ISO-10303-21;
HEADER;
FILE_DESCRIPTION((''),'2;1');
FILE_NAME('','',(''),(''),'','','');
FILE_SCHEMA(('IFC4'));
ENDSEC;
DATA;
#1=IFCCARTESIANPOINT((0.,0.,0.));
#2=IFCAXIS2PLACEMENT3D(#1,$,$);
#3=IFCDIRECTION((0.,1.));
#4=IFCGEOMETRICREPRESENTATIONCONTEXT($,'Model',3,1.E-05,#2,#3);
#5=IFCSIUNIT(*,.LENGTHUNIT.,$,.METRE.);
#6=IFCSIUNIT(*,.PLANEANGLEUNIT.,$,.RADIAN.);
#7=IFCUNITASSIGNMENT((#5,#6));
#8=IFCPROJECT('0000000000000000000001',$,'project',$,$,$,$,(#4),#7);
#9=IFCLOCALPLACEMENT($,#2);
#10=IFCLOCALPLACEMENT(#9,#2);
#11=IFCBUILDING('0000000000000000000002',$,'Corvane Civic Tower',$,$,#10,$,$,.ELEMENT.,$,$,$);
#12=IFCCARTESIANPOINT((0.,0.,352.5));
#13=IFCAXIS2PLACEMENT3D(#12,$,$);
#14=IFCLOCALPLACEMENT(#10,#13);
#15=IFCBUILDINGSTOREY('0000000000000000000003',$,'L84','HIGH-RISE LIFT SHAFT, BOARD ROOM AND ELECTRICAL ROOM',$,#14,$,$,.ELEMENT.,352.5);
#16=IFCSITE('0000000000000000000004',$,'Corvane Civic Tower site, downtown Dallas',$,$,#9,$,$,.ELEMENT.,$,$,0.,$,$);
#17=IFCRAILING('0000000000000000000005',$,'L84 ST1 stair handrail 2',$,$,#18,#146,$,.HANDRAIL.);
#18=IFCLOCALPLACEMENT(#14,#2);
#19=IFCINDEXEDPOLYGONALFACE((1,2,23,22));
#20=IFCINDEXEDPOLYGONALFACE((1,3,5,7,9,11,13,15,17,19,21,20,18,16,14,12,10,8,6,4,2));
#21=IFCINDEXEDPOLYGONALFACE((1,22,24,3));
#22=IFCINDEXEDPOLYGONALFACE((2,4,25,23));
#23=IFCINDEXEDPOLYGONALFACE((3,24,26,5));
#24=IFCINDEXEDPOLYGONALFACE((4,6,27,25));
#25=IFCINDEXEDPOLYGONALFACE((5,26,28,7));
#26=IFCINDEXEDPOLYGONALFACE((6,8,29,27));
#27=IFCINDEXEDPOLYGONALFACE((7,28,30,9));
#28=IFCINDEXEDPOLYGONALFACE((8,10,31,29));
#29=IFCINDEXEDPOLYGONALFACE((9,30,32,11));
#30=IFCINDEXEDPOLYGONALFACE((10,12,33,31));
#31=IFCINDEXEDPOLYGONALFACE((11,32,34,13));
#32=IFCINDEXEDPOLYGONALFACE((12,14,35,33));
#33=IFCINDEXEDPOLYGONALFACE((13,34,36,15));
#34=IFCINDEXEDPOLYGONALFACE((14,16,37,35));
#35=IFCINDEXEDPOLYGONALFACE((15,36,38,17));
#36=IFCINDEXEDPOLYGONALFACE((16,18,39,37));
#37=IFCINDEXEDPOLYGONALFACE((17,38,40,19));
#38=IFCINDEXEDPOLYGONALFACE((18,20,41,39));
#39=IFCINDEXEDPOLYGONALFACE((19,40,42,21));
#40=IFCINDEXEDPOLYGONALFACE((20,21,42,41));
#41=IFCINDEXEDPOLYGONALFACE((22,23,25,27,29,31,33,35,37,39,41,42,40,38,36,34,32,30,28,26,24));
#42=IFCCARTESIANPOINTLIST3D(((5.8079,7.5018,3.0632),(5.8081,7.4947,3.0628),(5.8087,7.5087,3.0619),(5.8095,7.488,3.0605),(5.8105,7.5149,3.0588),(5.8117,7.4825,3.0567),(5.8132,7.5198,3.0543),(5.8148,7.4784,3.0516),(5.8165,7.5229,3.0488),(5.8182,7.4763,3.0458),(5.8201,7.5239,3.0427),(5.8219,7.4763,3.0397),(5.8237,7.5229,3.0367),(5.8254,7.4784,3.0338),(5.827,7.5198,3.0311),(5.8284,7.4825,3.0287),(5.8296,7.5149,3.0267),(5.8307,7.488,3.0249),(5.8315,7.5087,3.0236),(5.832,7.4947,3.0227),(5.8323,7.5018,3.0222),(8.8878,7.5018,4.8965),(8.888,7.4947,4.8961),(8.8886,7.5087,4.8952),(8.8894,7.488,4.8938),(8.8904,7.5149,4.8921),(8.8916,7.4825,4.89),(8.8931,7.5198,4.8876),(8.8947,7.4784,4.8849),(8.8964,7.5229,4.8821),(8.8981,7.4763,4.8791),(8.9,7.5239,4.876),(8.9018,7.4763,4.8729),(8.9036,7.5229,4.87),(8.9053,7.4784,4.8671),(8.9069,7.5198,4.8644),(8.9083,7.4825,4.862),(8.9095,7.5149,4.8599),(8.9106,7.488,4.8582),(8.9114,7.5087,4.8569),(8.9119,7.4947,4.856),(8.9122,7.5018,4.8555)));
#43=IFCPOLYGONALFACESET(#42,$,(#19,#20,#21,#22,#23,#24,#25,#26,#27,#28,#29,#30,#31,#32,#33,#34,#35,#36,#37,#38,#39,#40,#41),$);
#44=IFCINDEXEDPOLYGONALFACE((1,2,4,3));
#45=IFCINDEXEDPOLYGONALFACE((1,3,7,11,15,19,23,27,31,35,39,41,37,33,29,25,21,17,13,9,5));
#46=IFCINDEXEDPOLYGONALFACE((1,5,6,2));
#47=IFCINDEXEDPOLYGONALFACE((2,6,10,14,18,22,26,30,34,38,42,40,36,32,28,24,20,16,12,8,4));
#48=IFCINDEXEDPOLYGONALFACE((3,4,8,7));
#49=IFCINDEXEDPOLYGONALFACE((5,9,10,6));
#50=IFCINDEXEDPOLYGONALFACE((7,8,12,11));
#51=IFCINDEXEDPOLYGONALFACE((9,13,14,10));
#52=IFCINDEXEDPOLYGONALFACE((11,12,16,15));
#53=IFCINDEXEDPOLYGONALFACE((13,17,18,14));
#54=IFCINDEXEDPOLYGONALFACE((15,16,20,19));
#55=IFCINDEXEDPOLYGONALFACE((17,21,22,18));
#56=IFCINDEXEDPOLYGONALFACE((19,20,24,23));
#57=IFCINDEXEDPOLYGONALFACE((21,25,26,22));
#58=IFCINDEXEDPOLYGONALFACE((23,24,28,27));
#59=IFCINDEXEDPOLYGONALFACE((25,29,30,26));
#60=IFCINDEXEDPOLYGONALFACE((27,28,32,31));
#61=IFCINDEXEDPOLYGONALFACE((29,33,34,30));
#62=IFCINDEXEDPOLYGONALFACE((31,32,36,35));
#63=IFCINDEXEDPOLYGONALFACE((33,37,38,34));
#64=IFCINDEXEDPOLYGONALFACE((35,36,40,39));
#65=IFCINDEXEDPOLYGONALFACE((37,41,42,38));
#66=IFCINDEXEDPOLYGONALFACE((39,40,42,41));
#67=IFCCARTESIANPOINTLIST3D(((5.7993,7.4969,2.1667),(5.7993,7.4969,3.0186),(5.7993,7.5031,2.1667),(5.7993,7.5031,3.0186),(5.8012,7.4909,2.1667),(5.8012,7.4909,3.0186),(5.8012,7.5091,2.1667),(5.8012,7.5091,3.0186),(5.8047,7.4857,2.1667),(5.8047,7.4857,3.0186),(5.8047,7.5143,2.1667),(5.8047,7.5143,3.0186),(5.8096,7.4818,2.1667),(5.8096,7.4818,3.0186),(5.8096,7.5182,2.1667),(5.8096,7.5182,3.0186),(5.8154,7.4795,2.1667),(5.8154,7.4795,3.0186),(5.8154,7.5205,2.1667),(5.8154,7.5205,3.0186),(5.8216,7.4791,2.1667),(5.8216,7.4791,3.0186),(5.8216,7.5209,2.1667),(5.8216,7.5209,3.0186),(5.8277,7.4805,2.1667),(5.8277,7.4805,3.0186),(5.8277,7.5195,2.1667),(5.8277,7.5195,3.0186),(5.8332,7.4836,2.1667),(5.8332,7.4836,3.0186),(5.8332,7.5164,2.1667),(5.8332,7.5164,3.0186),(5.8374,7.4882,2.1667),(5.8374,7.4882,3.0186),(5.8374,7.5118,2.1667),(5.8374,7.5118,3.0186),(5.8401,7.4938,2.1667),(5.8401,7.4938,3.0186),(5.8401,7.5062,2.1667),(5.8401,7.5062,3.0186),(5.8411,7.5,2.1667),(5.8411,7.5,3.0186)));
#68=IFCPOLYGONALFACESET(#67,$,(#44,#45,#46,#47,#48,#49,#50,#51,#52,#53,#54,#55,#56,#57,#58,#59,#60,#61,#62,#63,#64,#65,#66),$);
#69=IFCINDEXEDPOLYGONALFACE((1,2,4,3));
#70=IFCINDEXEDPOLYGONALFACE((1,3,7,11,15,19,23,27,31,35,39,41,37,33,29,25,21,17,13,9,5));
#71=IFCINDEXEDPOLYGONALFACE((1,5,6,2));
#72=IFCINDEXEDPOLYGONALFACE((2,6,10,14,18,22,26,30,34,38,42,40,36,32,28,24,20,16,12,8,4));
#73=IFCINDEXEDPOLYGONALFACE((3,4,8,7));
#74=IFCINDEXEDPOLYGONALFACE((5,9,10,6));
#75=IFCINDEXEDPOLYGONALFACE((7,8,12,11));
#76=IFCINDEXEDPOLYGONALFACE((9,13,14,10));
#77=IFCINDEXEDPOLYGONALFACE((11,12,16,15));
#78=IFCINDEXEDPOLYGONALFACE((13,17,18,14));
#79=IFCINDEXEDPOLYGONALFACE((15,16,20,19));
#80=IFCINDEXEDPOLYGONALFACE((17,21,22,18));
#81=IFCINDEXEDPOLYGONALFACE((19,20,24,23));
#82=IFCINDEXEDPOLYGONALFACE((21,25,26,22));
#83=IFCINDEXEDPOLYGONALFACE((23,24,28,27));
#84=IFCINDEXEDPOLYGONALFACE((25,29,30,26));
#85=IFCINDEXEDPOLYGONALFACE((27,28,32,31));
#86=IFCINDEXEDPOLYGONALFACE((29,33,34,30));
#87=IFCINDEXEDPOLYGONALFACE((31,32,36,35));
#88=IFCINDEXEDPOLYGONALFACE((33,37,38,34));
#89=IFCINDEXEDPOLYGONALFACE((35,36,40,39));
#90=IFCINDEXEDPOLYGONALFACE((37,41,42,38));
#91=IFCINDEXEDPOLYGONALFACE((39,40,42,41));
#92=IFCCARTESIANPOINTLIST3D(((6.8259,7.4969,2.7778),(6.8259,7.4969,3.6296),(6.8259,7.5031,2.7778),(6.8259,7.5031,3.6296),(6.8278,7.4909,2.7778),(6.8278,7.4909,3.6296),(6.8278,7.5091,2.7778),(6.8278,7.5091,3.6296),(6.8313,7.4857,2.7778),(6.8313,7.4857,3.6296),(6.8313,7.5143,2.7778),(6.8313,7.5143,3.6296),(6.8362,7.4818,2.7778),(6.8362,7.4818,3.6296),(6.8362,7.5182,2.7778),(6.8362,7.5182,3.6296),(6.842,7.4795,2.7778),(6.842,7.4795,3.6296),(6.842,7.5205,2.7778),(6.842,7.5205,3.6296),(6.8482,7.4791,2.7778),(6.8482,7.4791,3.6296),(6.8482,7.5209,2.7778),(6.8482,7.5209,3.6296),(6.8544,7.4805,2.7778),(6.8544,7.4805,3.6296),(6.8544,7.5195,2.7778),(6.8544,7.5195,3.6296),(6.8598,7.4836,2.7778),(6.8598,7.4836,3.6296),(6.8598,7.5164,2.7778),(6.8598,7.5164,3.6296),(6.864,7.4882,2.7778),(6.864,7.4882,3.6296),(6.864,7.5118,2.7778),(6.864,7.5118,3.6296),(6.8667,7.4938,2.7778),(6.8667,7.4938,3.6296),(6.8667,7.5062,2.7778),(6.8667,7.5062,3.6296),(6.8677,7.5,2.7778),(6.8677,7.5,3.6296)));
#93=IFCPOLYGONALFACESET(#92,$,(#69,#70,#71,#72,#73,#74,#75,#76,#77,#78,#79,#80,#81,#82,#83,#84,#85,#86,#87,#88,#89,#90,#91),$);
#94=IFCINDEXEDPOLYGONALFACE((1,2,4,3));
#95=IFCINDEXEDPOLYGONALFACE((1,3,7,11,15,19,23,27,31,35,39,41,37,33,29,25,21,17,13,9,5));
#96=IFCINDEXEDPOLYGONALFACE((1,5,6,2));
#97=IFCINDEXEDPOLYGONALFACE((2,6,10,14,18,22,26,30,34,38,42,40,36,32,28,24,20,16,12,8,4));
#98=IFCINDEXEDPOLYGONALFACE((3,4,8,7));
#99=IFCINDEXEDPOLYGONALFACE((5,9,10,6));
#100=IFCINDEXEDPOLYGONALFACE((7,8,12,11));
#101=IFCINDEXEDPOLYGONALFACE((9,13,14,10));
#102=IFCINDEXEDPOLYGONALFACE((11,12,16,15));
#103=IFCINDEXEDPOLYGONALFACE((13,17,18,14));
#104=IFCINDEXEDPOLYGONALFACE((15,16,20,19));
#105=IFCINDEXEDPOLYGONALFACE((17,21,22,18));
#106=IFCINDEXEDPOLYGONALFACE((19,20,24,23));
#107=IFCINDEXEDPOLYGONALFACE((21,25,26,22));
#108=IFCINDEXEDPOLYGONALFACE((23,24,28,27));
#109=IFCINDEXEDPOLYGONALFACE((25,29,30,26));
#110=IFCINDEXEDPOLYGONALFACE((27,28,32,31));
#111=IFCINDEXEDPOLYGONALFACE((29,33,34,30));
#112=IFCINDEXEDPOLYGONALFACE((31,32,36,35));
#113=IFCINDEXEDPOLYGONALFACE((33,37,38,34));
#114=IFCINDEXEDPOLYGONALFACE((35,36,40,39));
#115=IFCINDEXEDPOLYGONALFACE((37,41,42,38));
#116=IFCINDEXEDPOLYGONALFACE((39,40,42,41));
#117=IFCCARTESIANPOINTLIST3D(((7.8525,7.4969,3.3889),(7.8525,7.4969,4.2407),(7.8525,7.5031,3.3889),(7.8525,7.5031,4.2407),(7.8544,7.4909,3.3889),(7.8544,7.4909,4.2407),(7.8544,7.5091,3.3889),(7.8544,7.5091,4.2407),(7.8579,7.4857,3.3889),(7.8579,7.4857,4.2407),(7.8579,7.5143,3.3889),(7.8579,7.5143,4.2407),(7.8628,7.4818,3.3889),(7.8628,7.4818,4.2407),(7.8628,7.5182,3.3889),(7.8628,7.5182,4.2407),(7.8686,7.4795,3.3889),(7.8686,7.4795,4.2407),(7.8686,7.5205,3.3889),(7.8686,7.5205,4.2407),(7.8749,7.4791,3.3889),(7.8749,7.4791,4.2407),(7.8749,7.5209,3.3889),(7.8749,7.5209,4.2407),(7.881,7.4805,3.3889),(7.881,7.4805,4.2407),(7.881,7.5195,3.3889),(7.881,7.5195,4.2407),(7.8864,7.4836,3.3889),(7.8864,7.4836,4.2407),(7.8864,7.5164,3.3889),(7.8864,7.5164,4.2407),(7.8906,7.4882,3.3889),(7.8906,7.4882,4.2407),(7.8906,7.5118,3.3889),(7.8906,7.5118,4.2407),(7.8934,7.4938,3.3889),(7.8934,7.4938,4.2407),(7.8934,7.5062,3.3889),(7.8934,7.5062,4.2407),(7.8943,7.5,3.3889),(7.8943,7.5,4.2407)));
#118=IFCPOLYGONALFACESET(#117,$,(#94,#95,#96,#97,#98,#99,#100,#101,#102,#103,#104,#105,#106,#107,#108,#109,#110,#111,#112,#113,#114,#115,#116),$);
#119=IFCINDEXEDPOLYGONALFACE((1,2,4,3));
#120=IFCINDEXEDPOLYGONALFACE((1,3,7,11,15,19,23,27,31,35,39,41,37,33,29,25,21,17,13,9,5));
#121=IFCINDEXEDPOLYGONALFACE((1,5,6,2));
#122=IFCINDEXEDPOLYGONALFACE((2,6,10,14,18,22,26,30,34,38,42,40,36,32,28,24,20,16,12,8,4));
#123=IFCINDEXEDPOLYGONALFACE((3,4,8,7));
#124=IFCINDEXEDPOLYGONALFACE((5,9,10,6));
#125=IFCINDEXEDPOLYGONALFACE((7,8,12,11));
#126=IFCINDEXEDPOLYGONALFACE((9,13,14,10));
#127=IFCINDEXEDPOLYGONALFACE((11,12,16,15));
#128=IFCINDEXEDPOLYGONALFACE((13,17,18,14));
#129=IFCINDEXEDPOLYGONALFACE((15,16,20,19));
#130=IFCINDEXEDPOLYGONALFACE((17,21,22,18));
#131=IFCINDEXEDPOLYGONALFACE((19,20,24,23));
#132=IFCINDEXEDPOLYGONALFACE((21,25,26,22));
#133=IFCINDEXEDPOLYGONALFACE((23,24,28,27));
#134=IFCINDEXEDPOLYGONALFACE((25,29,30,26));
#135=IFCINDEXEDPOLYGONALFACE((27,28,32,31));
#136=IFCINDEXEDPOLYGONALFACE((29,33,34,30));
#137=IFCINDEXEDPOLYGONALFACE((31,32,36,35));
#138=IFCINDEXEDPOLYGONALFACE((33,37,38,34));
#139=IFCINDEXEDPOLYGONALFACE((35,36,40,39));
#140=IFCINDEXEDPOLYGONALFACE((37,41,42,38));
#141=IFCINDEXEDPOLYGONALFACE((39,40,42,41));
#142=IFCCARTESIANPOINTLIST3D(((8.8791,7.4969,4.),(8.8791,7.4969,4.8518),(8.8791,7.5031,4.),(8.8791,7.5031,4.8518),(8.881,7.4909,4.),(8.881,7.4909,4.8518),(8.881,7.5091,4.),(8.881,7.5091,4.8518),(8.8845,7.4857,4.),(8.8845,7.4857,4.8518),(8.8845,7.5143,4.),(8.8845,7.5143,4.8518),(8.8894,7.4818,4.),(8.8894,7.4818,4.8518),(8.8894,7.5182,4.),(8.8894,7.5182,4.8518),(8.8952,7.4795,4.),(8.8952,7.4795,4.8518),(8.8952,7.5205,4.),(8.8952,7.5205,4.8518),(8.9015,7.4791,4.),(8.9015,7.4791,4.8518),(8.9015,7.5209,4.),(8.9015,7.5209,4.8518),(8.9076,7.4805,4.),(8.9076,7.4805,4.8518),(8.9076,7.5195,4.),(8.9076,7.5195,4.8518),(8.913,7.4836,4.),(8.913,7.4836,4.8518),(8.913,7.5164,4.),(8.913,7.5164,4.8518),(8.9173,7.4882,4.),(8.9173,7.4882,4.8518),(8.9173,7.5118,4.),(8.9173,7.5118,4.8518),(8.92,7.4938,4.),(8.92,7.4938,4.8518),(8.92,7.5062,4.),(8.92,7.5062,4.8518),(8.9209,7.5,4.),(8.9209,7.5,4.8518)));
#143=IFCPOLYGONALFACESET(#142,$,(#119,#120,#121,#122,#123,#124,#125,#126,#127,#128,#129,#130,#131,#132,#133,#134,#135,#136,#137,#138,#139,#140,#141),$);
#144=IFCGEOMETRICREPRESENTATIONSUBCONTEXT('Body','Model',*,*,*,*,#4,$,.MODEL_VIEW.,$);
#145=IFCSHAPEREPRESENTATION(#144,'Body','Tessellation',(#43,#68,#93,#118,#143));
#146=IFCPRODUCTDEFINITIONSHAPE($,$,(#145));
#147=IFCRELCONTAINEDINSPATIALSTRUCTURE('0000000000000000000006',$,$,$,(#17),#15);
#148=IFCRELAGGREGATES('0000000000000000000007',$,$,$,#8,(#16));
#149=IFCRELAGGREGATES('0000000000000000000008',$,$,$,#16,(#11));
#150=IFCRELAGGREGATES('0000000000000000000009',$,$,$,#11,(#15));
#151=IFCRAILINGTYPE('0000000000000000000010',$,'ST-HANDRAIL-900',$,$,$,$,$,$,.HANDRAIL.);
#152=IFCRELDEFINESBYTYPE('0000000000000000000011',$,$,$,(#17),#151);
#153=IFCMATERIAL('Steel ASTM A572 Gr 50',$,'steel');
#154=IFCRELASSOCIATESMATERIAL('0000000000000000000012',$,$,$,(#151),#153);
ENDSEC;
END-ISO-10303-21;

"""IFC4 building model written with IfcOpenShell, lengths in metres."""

from ifc_helpers import new_model, si_unit, direction, frame, origin, origin_2d, place, context, subcontext, project, spatial, circle, extrude, material, type_object, element, save


model = new_model("IFC4")

# Units and contexts
model_context = context("Model", 3, precision=1e-05, world=origin(), true_north=direction((0.0, 1.0)))
body_context = subcontext(model_context, "Body", "Model", "MODEL_VIEW")
ifc_project = project(units=[si_unit("LENGTHUNIT", "METRE"), si_unit("PLANEANGLEUNIT", "RADIAN")], contexts=[model_context])

# Site, building, storey
site_placement = place(None, origin())
site = spatial("IfcSite", under=ifc_project, at=site_placement, Name="Corvane Civic Tower site, downtown Dallas", CompositionType="ELEMENT", RefElevation=0.0)
building_placement = place(site_placement, origin())
building = spatial("IfcBuilding", under=site, at=building_placement, Name="Corvane Civic Tower", CompositionType="ELEMENT")
storey_placement = place(building_placement, frame((0.0, 0.0, 352.5)))
storey = spatial("IfcBuildingStorey", under=building, at=storey_placement, Name="L84", Description="HIGH-RISE LIFT SHAFT, BOARD ROOM AND ELECTRICAL ROOM", CompositionType="ELEMENT", Elevation=352.5)

# Railing
ifc_material_1 = material(Name="Steel ASTM A572 Gr 50", Category="steel")
railing_type_1 = type_object("IfcRailingType", Name="ST-HANDRAIL-900", PredefinedType="HANDRAIL", material=ifc_material_1)
railing_1_placement = place(storey_placement, frame((5.8201, 7.5, 2.1667)))
element("IfcRailing", 1, at=railing_1_placement, inside=storey, type_object=railing_type_1, Name="L84 ST1 stair handrail 2", PredefinedType="HANDRAIL", context=body_context, shape_type="SweptSolid", body=[
    extrude(circle(Radius=0.0239, at=origin_2d()), frame((0.0, 0.0, 0.876), z_axis=(0.859291, 0.0, 0.511487), x_axis=(0.0, 1.0, 0.0)), (0.0, 0.0, 1.0), 3.5842),
    extrude(circle(Radius=0.021, at=origin_2d()), origin(), (0.0, 0.0, 1.0), 0.8518),
    extrude(circle(Radius=0.021, at=origin_2d()), frame((1.0266, 0.0, 0.6111)), (0.0, 0.0, 1.0), 0.8518),
    extrude(circle(Radius=0.021, at=origin_2d()), frame((2.0532, 0.0, 1.2222)), (0.0, 0.0, 1.0), 0.8518),
    extrude(circle(Radius=0.021, at=origin_2d()), frame((3.0798, 0.0, 1.8333)), (0.0, 0.0, 1.0), 0.8518),
])

save(model, "model.ifc")
